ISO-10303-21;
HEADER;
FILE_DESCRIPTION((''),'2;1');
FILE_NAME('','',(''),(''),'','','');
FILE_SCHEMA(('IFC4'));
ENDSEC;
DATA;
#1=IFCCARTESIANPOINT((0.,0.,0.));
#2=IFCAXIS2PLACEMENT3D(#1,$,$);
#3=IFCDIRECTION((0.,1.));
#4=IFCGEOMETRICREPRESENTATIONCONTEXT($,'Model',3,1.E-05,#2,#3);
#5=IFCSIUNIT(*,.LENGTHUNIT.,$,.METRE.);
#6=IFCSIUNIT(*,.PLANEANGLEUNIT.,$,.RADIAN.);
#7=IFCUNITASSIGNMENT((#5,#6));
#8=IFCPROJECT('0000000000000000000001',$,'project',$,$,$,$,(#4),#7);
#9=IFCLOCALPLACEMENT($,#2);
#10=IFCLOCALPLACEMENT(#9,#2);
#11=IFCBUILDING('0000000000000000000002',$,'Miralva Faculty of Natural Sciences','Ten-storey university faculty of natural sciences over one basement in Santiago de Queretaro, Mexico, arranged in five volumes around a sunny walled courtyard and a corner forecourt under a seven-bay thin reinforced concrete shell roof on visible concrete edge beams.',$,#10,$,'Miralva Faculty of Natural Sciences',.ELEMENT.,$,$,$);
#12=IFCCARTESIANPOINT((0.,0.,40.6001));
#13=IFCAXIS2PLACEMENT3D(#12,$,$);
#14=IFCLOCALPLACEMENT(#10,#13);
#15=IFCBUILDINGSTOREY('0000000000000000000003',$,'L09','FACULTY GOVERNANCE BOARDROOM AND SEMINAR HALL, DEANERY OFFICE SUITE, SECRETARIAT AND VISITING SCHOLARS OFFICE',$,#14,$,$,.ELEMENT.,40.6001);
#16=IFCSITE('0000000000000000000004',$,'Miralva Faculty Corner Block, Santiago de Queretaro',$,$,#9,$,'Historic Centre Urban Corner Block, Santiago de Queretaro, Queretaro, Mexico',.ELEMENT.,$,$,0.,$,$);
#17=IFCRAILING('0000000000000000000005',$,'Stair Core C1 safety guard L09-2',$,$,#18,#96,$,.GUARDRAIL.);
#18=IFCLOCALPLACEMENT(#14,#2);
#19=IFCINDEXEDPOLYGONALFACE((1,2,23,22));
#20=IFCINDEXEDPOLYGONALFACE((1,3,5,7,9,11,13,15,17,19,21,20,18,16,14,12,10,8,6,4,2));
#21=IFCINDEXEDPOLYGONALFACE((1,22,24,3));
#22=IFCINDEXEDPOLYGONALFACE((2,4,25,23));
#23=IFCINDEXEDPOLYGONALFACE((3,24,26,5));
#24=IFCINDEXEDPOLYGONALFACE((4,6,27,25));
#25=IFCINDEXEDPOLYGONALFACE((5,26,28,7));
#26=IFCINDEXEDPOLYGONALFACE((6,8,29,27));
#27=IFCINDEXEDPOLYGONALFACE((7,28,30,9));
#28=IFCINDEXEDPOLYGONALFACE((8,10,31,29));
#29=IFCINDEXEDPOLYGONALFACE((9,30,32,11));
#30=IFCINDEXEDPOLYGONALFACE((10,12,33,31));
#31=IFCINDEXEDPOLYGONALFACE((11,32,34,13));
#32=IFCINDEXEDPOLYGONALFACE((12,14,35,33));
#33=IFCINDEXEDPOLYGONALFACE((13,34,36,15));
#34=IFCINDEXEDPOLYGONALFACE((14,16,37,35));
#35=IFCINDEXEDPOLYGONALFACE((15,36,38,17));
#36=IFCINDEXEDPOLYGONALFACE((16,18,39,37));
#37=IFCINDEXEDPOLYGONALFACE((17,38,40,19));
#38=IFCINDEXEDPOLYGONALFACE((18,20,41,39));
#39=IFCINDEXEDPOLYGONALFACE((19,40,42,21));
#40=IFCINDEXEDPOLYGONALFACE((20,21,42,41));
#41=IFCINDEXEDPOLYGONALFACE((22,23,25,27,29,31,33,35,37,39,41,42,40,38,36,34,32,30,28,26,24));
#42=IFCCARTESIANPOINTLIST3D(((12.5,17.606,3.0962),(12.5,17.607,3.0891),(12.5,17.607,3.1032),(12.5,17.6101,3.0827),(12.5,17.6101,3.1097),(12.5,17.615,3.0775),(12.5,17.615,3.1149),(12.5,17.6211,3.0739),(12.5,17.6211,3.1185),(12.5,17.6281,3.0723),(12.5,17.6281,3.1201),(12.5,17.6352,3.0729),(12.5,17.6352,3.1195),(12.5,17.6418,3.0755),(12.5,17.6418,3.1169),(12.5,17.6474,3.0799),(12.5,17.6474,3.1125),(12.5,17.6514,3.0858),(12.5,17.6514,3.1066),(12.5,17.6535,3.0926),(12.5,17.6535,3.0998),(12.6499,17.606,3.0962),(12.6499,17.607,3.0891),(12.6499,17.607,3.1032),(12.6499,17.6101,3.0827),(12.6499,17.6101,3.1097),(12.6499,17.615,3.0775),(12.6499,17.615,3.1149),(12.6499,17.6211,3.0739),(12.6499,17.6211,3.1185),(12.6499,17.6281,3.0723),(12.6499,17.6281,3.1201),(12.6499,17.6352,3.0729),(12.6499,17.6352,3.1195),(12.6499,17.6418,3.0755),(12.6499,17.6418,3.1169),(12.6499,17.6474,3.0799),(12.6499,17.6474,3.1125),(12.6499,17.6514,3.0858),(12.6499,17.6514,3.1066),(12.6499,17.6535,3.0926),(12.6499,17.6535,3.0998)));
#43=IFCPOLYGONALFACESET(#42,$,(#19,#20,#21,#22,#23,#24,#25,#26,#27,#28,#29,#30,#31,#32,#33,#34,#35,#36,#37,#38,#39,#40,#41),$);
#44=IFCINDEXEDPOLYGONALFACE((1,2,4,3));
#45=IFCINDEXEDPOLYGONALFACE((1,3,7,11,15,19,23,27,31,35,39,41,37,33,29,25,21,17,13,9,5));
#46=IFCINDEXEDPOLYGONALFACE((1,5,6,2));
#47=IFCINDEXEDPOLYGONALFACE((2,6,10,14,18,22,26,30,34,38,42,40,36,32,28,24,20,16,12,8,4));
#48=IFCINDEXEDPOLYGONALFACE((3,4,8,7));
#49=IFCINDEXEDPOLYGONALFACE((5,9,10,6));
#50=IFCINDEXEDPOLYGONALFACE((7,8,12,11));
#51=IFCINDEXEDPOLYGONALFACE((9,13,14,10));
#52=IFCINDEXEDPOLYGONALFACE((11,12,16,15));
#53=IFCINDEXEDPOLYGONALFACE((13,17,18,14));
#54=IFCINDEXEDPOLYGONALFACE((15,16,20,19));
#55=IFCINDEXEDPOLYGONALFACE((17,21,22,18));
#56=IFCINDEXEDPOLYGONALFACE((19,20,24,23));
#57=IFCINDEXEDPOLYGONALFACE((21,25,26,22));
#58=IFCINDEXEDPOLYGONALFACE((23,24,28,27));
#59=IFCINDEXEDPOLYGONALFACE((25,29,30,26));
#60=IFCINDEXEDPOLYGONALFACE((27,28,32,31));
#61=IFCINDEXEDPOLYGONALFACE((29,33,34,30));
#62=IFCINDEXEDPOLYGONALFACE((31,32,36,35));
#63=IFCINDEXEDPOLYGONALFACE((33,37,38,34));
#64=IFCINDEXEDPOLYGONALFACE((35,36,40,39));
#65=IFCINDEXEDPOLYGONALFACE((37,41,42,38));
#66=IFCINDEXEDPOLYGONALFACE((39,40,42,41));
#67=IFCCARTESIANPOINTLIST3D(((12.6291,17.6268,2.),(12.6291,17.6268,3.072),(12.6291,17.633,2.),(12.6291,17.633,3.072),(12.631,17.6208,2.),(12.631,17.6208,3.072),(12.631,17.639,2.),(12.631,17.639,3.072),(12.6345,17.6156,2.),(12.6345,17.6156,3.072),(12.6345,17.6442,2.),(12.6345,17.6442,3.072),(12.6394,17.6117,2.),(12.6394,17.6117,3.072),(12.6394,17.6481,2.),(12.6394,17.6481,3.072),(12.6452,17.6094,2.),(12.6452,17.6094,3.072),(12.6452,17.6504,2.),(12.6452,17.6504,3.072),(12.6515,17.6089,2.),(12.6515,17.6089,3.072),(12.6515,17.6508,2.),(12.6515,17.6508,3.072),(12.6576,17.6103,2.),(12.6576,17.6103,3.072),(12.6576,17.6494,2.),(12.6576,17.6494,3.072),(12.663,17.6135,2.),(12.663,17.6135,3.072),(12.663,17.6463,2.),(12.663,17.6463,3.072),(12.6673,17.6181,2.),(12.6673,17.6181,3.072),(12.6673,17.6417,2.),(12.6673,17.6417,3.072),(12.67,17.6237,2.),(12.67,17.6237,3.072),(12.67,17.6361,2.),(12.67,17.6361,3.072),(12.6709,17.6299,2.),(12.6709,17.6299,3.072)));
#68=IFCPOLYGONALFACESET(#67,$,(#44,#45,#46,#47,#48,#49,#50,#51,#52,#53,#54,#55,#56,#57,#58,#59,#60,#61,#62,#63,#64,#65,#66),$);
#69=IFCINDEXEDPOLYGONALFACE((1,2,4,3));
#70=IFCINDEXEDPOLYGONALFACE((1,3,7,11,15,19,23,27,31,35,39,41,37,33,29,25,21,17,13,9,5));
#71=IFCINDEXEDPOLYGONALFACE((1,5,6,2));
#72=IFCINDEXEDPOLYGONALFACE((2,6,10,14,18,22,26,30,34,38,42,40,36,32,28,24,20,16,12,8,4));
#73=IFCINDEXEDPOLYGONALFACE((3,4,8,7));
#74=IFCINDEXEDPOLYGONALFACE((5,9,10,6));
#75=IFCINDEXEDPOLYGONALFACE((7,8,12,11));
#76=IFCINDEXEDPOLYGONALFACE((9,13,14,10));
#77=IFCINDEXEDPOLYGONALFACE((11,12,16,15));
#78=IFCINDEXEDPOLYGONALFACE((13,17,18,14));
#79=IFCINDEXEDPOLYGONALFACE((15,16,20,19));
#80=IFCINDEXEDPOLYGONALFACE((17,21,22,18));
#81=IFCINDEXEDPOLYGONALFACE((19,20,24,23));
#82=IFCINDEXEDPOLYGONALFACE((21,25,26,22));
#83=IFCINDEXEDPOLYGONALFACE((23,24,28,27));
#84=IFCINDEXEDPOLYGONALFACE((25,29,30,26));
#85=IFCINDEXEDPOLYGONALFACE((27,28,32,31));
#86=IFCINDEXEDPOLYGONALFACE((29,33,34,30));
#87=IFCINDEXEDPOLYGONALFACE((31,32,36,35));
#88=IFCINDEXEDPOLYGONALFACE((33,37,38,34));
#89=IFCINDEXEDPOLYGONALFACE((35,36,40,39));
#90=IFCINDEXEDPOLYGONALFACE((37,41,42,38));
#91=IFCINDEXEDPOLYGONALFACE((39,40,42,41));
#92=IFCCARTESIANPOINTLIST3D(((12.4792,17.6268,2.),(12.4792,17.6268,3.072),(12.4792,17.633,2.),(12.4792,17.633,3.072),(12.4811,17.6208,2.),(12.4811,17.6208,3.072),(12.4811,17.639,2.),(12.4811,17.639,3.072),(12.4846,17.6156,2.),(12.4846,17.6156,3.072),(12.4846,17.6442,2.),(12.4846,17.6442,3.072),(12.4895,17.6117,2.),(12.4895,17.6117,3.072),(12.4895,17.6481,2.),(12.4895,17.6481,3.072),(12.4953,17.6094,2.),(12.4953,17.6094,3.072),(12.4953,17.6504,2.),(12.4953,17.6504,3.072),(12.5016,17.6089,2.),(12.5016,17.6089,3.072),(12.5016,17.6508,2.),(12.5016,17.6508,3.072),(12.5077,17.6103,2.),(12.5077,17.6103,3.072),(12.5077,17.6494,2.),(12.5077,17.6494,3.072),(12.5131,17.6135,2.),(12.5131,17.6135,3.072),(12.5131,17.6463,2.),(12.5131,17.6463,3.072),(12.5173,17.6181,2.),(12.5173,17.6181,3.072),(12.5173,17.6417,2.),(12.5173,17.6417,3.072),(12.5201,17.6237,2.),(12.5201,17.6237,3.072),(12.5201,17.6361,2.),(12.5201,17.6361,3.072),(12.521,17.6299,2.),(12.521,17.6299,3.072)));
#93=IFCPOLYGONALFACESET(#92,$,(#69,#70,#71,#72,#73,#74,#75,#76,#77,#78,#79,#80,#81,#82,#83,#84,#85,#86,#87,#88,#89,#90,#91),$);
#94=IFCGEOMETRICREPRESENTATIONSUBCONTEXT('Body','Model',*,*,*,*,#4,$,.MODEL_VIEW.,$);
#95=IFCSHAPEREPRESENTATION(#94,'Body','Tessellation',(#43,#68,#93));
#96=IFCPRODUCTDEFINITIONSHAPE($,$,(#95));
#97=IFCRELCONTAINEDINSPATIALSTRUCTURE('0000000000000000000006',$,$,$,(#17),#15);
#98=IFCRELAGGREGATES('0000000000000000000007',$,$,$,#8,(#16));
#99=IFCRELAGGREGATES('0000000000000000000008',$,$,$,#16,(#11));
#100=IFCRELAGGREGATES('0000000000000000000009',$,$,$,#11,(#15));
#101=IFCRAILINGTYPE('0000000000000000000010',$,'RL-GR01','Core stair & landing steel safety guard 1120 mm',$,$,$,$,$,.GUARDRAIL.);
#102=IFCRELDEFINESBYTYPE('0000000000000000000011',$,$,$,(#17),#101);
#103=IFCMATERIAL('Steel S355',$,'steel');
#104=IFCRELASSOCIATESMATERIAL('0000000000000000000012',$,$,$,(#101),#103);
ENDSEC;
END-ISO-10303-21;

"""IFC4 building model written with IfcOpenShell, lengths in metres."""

from ifc_helpers import new_model, si_unit, direction, frame, origin, origin_2d, place, context, subcontext, project, spatial, circle, extrude, material, type_object, element, save


model = new_model("IFC4")

# Units and contexts
model_context = context("Model", 3, precision=1e-05, world=origin(), true_north=direction((0.0, 1.0)))
body_context = subcontext(model_context, "Body", "Model", "MODEL_VIEW")
ifc_project = project(units=[si_unit("LENGTHUNIT", "METRE"), si_unit("PLANEANGLEUNIT", "RADIAN")], contexts=[model_context])

# Site, building, storey
site_placement = place(None, origin())
site = spatial("IfcSite", under=ifc_project, at=site_placement, Name="Miralva Faculty Corner Block, Santiago de Queretaro", LongName="Historic Centre Urban Corner Block, Santiago de Queretaro, Queretaro, Mexico", CompositionType="ELEMENT", RefElevation=0.0)
building_placement = place(site_placement, origin())
building = spatial("IfcBuilding", under=site, at=building_placement, Name="Miralva Faculty of Natural Sciences", Description="Ten-storey university faculty of natural sciences over one basement in Santiago de Queretaro, Mexico, arranged in five volumes around a sunny walled courtyard and a corner forecourt under a seven-bay thin reinforced concrete shell roof on visible concrete edge beams.", LongName="Miralva Faculty of Natural Sciences", CompositionType="ELEMENT")
storey_placement = place(building_placement, frame((0.0, 0.0, 40.6001)))
storey = spatial("IfcBuildingStorey", under=building, at=storey_placement, Name="L09", Description="FACULTY GOVERNANCE BOARDROOM AND SEMINAR HALL, DEANERY OFFICE SUITE, SECRETARIAT AND VISITING SCHOLARS OFFICE", CompositionType="ELEMENT", Elevation=40.6001)

# Railing
ifc_material_1 = material(Name="Steel S355", Category="steel")
railing_type_1 = type_object("IfcRailingType", Name="RL-GR01", Description="Core stair & landing steel safety guard 1120 mm", PredefinedType="GUARDRAIL", material=ifc_material_1)
railing_1_placement = place(storey_placement, frame((12.6499, 17.6299, 2.0)))
element("IfcRailing", 1, at=railing_1_placement, inside=storey, type_object=railing_type_1, Name="Stair Core C1 safety guard L09-2", PredefinedType="GUARDRAIL", context=body_context, shape_type="SweptSolid", body=[
    extrude(circle(Radius=0.0239, at=origin_2d()), frame((0.0, 0.0, 1.0962), z_axis=(-1.0, 0.0, 0.0), x_axis=(0.0, -1.0, 0.0)), (0.0, 0.0, 1.0), 0.1499),
    extrude(circle(Radius=0.021, at=origin_2d()), origin(), (0.0, 0.0, 1.0), 1.072),
    extrude(circle(Radius=0.021, at=origin_2d()), frame((-0.1499, 0.0, 0.0)), (0.0, 0.0, 1.0), 1.072),
])

save(model, "model.ifc")
